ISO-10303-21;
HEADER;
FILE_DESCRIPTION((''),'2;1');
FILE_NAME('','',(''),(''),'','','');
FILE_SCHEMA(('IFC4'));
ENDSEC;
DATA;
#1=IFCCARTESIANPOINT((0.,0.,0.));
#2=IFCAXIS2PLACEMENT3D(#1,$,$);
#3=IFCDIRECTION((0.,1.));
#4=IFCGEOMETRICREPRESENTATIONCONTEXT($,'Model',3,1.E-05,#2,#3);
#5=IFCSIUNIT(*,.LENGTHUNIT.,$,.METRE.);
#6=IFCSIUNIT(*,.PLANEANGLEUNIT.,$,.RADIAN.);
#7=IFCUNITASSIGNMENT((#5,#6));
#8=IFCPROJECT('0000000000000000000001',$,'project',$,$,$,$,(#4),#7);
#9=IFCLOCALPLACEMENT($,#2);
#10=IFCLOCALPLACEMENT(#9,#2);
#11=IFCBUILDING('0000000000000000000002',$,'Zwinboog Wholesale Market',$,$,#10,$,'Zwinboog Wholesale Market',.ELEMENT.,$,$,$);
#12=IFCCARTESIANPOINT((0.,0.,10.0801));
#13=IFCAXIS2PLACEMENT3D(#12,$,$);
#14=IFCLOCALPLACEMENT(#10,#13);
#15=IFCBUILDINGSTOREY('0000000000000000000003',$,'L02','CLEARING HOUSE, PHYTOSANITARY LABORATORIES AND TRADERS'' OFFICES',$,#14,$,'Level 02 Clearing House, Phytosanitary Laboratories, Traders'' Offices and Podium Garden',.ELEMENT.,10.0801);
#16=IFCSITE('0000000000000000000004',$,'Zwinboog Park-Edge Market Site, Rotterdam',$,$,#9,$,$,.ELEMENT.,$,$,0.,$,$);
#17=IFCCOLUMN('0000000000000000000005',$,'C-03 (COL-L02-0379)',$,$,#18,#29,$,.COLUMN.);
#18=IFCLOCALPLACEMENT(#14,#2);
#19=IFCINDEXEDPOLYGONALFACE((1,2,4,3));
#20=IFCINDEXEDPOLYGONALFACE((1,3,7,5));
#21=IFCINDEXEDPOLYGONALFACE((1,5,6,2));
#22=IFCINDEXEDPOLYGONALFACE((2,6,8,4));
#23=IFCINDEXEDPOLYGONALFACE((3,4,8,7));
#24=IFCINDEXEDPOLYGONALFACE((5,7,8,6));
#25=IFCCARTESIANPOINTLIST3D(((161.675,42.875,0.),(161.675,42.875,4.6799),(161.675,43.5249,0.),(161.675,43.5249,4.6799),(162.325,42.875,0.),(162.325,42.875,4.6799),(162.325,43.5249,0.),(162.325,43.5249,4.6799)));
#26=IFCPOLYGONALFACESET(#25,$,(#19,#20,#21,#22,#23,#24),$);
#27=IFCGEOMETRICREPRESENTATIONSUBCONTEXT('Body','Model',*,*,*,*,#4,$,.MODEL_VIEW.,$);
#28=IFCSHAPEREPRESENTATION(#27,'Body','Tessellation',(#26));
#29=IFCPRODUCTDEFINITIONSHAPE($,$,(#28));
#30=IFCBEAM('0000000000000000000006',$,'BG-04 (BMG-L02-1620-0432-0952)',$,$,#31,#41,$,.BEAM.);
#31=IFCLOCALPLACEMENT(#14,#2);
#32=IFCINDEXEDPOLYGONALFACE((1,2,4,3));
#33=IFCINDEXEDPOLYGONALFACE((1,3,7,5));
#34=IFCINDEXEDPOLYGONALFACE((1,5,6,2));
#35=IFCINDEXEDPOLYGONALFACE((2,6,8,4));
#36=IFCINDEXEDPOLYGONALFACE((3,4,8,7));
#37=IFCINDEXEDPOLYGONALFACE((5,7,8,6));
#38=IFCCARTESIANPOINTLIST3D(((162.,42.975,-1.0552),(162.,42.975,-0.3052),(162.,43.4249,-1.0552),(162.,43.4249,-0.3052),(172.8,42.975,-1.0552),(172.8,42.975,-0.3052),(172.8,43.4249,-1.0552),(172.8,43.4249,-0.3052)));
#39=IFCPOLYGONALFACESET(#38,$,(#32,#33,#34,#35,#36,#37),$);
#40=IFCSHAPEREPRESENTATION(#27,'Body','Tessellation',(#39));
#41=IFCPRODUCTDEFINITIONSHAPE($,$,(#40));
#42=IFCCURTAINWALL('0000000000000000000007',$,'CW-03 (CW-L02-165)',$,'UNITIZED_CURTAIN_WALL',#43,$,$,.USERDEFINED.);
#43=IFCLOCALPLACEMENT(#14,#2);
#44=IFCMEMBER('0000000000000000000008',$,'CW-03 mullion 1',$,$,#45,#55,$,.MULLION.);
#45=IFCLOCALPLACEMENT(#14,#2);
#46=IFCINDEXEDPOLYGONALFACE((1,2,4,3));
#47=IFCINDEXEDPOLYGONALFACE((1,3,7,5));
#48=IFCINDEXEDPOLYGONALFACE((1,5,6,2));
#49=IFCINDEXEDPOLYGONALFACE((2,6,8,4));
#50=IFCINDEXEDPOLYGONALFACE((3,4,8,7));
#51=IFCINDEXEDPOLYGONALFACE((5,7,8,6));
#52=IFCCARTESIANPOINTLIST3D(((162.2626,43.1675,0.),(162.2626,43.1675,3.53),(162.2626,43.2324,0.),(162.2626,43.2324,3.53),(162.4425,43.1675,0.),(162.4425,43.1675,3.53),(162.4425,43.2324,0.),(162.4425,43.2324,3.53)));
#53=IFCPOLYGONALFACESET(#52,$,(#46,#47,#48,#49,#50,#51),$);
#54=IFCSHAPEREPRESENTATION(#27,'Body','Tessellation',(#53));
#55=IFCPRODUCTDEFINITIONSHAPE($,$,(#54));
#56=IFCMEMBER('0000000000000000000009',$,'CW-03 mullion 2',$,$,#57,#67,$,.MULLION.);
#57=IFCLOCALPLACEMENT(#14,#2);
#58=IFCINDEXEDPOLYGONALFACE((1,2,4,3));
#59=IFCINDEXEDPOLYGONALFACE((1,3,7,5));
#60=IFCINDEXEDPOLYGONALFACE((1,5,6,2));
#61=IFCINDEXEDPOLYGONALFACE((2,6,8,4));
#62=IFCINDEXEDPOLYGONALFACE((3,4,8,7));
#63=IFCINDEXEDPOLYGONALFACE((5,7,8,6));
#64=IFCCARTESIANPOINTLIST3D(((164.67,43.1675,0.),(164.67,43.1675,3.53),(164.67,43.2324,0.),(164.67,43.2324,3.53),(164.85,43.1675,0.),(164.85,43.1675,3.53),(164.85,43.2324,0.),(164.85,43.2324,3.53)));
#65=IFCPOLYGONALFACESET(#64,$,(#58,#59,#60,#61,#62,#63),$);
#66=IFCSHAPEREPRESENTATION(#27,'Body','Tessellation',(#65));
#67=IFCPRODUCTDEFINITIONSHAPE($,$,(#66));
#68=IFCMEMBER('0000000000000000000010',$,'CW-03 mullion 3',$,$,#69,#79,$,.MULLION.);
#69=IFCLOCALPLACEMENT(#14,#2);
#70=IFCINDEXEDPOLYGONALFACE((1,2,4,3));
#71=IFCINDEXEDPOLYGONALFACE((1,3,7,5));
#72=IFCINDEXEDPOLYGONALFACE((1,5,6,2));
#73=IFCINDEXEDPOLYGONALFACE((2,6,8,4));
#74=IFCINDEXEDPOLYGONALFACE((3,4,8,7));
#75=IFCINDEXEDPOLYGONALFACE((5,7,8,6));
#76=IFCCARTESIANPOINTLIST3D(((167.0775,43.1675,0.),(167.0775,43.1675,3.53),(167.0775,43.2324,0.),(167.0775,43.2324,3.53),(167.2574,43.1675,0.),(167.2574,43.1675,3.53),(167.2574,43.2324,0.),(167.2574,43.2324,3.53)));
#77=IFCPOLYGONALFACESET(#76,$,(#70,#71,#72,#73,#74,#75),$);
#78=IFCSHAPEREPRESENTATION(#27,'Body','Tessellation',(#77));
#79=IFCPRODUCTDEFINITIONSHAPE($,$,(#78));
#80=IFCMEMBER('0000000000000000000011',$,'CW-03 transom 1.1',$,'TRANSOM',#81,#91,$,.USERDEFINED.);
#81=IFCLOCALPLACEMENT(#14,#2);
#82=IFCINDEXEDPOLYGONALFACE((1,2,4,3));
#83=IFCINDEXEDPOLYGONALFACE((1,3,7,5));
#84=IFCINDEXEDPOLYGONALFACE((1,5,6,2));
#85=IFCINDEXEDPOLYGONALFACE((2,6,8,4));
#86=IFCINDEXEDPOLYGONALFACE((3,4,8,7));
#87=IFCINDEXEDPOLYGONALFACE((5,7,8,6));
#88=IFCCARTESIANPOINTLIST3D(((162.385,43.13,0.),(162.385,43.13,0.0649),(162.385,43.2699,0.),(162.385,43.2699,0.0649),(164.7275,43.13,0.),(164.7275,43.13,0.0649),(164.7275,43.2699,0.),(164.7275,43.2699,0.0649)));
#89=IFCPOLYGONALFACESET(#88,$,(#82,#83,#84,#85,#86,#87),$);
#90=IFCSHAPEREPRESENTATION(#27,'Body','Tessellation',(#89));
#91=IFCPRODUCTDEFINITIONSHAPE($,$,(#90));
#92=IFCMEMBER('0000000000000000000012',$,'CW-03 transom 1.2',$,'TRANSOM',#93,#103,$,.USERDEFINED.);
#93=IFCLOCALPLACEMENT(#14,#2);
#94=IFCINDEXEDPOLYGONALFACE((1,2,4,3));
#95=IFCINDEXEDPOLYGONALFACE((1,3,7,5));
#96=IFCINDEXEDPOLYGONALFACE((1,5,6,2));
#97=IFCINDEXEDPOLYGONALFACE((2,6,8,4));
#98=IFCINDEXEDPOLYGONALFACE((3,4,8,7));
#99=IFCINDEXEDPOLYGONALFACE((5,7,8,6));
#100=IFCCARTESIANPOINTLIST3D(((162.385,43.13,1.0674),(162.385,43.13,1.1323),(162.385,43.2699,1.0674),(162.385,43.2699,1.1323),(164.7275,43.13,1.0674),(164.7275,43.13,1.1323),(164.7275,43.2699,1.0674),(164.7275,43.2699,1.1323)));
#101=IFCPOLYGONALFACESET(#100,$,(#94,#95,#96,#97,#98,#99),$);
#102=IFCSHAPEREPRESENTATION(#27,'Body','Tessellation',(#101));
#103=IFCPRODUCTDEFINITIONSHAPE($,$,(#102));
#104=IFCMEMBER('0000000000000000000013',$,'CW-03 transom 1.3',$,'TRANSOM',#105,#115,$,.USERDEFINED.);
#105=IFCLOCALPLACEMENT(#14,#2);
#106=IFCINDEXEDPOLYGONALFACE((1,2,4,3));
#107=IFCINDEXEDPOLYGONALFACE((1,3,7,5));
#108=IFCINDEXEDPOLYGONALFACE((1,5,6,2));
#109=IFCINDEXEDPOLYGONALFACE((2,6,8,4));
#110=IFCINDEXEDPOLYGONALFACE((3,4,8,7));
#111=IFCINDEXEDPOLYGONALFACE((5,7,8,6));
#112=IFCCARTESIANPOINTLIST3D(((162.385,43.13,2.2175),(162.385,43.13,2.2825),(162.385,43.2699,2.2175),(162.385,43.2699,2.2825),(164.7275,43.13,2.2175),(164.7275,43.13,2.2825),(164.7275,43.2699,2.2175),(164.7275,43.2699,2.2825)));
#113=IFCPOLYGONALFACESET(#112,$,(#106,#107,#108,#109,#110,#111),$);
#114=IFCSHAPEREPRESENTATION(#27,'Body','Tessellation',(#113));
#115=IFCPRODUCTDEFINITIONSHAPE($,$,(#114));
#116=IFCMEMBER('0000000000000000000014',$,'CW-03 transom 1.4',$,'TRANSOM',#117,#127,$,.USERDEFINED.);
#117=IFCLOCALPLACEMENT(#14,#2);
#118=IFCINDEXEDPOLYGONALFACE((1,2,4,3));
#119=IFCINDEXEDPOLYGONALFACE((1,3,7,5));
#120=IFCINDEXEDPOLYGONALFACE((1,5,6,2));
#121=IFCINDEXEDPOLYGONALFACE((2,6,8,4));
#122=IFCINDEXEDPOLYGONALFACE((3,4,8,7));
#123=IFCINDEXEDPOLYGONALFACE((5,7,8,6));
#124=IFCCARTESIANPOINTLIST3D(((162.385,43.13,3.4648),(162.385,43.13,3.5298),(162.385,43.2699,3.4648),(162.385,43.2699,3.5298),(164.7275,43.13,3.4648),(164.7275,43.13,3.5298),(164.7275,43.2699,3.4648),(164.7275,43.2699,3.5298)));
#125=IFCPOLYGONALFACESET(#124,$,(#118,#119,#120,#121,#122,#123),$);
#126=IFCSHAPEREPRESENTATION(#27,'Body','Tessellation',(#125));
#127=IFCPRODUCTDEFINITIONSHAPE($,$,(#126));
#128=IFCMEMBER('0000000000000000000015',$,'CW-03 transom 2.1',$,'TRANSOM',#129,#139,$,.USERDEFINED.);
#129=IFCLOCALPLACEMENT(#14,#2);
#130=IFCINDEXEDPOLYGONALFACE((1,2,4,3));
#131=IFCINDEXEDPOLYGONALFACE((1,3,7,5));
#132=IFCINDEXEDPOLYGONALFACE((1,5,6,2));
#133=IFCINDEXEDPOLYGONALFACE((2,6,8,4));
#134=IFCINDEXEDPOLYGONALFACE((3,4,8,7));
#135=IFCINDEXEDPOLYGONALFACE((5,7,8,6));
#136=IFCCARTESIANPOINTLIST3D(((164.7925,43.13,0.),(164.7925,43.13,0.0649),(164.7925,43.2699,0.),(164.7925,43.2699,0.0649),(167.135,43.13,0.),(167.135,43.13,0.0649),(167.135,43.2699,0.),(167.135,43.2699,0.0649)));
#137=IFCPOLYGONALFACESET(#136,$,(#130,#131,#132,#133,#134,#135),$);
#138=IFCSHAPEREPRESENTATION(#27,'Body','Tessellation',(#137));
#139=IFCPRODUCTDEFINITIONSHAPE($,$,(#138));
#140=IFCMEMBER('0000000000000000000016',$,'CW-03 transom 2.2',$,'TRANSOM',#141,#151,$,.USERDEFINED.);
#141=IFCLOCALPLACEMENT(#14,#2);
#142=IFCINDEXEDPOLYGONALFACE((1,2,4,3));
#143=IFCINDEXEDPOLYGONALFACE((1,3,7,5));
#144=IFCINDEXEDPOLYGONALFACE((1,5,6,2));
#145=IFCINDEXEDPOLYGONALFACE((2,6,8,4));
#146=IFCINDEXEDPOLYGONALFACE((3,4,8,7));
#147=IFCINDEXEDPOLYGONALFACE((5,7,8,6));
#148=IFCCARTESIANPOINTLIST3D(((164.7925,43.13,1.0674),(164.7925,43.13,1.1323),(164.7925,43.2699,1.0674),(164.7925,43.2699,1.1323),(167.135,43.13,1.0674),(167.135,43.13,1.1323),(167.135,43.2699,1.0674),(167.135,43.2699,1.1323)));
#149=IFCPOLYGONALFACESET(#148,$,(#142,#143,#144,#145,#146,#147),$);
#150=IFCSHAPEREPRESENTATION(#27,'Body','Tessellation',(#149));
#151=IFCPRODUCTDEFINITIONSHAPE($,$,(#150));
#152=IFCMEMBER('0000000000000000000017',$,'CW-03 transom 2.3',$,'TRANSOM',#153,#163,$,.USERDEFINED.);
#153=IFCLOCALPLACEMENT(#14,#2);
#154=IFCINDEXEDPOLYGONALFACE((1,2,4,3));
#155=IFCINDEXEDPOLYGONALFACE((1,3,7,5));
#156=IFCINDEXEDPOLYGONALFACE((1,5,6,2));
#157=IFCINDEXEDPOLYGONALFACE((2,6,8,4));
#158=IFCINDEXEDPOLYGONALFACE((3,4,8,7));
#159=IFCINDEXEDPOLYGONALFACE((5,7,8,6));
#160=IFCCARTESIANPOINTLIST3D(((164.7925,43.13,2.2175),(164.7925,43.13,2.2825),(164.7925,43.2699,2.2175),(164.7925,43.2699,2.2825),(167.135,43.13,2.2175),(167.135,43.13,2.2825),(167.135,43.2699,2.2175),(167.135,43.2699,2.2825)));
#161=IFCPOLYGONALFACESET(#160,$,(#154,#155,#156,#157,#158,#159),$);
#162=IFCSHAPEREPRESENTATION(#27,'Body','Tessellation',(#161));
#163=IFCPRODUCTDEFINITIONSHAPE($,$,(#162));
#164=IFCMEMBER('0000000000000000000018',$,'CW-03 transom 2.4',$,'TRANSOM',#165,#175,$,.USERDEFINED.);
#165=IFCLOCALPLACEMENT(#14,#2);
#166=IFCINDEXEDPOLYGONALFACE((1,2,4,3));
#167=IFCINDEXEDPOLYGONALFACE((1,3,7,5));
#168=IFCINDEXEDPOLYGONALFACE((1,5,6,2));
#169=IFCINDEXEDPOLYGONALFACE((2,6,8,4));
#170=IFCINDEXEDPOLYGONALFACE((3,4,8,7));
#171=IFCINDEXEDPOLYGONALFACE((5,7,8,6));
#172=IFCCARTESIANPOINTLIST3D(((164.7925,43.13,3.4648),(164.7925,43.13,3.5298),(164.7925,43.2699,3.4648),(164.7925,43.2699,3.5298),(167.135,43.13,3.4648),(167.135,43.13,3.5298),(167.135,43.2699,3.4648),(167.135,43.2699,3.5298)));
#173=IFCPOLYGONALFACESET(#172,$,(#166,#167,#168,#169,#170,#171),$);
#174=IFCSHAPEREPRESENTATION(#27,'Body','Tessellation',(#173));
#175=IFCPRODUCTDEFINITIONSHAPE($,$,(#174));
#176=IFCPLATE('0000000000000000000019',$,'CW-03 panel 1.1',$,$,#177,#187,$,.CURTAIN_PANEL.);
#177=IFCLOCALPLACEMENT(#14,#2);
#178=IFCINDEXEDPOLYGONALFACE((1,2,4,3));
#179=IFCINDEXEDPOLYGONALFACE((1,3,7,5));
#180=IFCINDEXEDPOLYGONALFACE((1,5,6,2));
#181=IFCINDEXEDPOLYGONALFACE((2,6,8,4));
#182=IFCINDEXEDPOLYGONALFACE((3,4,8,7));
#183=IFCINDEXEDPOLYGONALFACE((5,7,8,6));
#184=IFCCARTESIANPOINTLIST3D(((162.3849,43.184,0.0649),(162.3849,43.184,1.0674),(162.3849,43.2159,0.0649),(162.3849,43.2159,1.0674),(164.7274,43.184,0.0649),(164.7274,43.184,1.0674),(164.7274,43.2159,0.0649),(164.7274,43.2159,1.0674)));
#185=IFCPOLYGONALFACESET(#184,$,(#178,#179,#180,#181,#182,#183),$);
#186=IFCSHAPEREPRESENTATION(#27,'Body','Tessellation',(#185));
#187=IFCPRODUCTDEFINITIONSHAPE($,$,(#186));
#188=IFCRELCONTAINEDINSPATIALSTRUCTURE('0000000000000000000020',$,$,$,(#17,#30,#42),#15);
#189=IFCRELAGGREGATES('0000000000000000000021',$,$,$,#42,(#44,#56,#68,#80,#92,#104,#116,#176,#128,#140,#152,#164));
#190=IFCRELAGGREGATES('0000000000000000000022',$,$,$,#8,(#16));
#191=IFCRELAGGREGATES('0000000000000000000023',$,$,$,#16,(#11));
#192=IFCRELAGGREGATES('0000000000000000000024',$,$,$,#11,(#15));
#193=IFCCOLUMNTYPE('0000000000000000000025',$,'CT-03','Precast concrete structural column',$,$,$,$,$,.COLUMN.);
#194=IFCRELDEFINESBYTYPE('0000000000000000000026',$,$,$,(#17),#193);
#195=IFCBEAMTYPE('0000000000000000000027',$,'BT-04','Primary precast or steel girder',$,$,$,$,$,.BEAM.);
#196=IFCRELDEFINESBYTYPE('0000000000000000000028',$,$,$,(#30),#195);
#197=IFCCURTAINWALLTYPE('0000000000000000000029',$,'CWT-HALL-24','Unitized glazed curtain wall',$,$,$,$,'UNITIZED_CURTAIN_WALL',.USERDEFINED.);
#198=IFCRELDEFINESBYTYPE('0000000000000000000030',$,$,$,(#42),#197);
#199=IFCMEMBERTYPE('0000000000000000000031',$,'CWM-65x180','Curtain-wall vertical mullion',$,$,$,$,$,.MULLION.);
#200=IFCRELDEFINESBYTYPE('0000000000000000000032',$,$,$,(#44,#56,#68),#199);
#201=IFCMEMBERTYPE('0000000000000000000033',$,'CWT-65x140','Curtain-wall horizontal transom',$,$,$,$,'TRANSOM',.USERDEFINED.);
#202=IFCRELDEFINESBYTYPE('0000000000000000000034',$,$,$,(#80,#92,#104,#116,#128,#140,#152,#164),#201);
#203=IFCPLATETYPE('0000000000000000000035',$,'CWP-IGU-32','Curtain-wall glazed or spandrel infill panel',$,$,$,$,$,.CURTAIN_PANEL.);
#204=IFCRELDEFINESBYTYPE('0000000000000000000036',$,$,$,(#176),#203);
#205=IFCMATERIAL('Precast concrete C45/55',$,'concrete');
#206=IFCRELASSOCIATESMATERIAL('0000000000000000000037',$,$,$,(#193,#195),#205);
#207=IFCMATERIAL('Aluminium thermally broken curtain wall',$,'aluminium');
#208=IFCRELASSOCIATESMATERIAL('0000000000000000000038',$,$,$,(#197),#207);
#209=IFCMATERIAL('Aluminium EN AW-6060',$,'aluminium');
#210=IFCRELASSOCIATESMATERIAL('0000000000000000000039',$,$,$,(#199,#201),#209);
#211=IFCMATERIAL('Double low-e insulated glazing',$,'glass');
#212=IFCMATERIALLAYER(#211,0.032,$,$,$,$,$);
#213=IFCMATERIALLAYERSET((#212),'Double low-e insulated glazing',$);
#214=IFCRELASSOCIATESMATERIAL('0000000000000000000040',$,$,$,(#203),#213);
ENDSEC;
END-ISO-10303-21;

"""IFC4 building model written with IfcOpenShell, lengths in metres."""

from ifc_helpers import new_model, si_unit, direction, frame, origin, origin_2d, place, context, subcontext, project, spatial, rectangle, extrude, material, layer, layer_set, material_profile, profile_set, type_object, element, aggregate, save


model = new_model("IFC4")

# Units and contexts
model_context = context("Model", 3, precision=1e-05, world=origin(), true_north=direction((0.0, 1.0)))
body_context = subcontext(model_context, "Body", "Model", "MODEL_VIEW")
ifc_project = project(units=[si_unit("LENGTHUNIT", "METRE"), si_unit("PLANEANGLEUNIT", "RADIAN")], contexts=[model_context])

# Site, building, storey
site_placement = place(None, origin())
site = spatial("IfcSite", under=ifc_project, at=site_placement, Name="Zwinboog Park-Edge Market Site, Rotterdam", CompositionType="ELEMENT", RefElevation=0.0)
building_placement = place(site_placement, origin())
building = spatial("IfcBuilding", under=site, at=building_placement, Name="Zwinboog Wholesale Market", LongName="Zwinboog Wholesale Market", CompositionType="ELEMENT")
storey_placement = place(building_placement, frame((0.0, 0.0, 10.0801)))
storey = spatial("IfcBuildingStorey", under=building, at=storey_placement, Name="L02", Description="CLEARING HOUSE, PHYTOSANITARY LABORATORIES AND TRADERS' OFFICES", LongName="Level 02 Clearing House, Phytosanitary Laboratories, Traders' Offices and Podium Garden", CompositionType="ELEMENT", Elevation=10.0801)

# Column
ifc_material_1 = material(Name="Precast concrete C45/55", Category="concrete")
ifc_material_profile_1 = material_profile(ifc_material_1, rectangle(XDim=0.6499, YDim=0.6499, at=origin_2d()), Name="PC 650x650")
ifc_profile_set_1 = profile_set([ifc_material_profile_1], Name="Precast concrete C45/55")
column_type = type_object("IfcColumnType", Name="CT-03", Description="Precast concrete structural column", PredefinedType="COLUMN", material=ifc_profile_set_1)
column_placement = place(storey_placement, frame((162.0, 43.2, 0.0), z_axis=(0.0, 0.0, 1.0), x_axis=(1.0, 0.0, 0.0)))
element("IfcColumn", 1, at=column_placement, inside=storey, type_object=column_type, Name="C-03 (COL-L02-0379)", PredefinedType="COLUMN", context=body_context, shape_type="SweptSolid", body=[
    extrude(rectangle(XDim=0.6499, YDim=0.6499, at=origin_2d()), origin(), (0.0, 0.0, 1.0), 4.6799),
])

# Beam
ifc_material_profile_2 = material_profile(ifc_material_1, rectangle(XDim=0.45, YDim=0.75, at=origin_2d()), Name="PC 450x750")
ifc_profile_set_2 = profile_set([ifc_material_profile_2], Name="Precast concrete C45/55")
beam_type = type_object("IfcBeamType", Name="BT-04", Description="Primary precast or steel girder", PredefinedType="BEAM", material=ifc_profile_set_2)
beam_placement = place(storey_placement, frame((162.0, 43.2, -0.6802), z_axis=(1.0, 0.0, 0.0), x_axis=(0.0, 1.0, 0.0)))
element("IfcBeam", 2, at=beam_placement, inside=storey, type_object=beam_type, Name="BG-04 (BMG-L02-1620-0432-0952)", PredefinedType="BEAM", context=body_context, shape_type="SweptSolid", body=[
    extrude(rectangle(XDim=0.45, YDim=0.75, at=origin_2d()), origin(), (0.0, 0.0, 1.0), 10.8),
])

# Curtain wall, members, plate
ifc_material_2 = material(Name="Aluminium thermally broken curtain wall", Category="aluminium")
curtain_wall_type = type_object("IfcCurtainWallType", Name="CWT-HALL-24", Description="Unitized glazed curtain wall", ElementType="UNITIZED_CURTAIN_WALL", PredefinedType="USERDEFINED", material=ifc_material_2)
curtain_wall_placement = place(storey_placement, origin())
curtain_wall = element("IfcCurtainWall", 3, at=curtain_wall_placement, inside=storey, type_object=curtain_wall_type, Name="CW-03 (CW-L02-165)", ObjectType="UNITIZED_CURTAIN_WALL", PredefinedType="USERDEFINED")
ifc_material_3 = material(Name="Aluminium EN AW-6060", Category="aluminium")
ifc_material_profile_3 = material_profile(ifc_material_3, rectangle(XDim=0.0649, YDim=0.1799, at=origin_2d()), Name="AL 65x180")
ifc_profile_set_3 = profile_set([ifc_material_profile_3], Name="Aluminium EN AW-6060")
member_type_1 = type_object("IfcMemberType", Name="CWM-65x180", Description="Curtain-wall vertical mullion", PredefinedType="MULLION", material=ifc_profile_set_3)
member_1_placement = place(storey_placement, frame((162.3525, 43.2, 0.0), z_axis=(0.0, 0.0, 1.0), x_axis=(0.0, 1.0, 0.0)))
member_1 = element("IfcMember", 4, at=member_1_placement, type_object=member_type_1, Name="CW-03 mullion 1", PredefinedType="MULLION", context=body_context, shape_type="SweptSolid", body=[
    extrude(rectangle(XDim=0.0649, YDim=0.1799, at=origin_2d()), origin(), (0.0, 0.0, 1.0), 3.53),
])
member_2_placement = place(storey_placement, frame((164.76, 43.2, 0.0), z_axis=(0.0, 0.0, 1.0), x_axis=(0.0, 1.0, 0.0)))
member_2 = element("IfcMember", 5, at=member_2_placement, type_object=member_type_1, Name="CW-03 mullion 2", PredefinedType="MULLION", context=body_context, shape_type="SweptSolid", body=[
    extrude(rectangle(XDim=0.0649, YDim=0.1799, at=origin_2d()), origin(), (0.0, 0.0, 1.0), 3.53),
])
member_3_placement = place(storey_placement, frame((167.1675, 43.2, 0.0), z_axis=(0.0, 0.0, 1.0), x_axis=(0.0, 1.0, 0.0)))
member_3 = element("IfcMember", 6, at=member_3_placement, type_object=member_type_1, Name="CW-03 mullion 3", PredefinedType="MULLION", context=body_context, shape_type="SweptSolid", body=[
    extrude(rectangle(XDim=0.0649, YDim=0.1799, at=origin_2d()), origin(), (0.0, 0.0, 1.0), 3.53),
])
ifc_material_profile_4 = material_profile(ifc_material_3, rectangle(XDim=0.1399, YDim=0.0649, at=origin_2d()), Name="AL 65x140")
ifc_profile_set_4 = profile_set([ifc_material_profile_4], Name="Aluminium EN AW-6060")
member_type_2 = type_object("IfcMemberType", Name="CWT-65x140", Description="Curtain-wall horizontal transom", ElementType="TRANSOM", PredefinedType="USERDEFINED", material=ifc_profile_set_4)
member_4_placement = place(storey_placement, frame((162.385, 43.2, 0.0325), z_axis=(1.0, 0.0, 0.0), x_axis=(0.0, 1.0, 0.0)))
member_4 = element("IfcMember", 7, at=member_4_placement, type_object=member_type_2, Name="CW-03 transom 1.1", ObjectType="TRANSOM", PredefinedType="USERDEFINED", context=body_context, shape_type="SweptSolid", body=[
    extrude(rectangle(XDim=0.1399, YDim=0.0649, at=origin_2d()), origin(), (0.0, 0.0, 1.0), 2.3425),
])
member_5_placement = place(storey_placement, frame((162.385, 43.2, 1.0999), z_axis=(1.0, 0.0, 0.0), x_axis=(0.0, 1.0, 0.0)))
member_5 = element("IfcMember", 8, at=member_5_placement, type_object=member_type_2, Name="CW-03 transom 1.2", ObjectType="TRANSOM", PredefinedType="USERDEFINED", context=body_context, shape_type="SweptSolid", body=[
    extrude(rectangle(XDim=0.1399, YDim=0.0649, at=origin_2d()), origin(), (0.0, 0.0, 1.0), 2.3425),
])
member_6_placement = place(storey_placement, frame((162.385, 43.2, 2.25), z_axis=(1.0, 0.0, 0.0), x_axis=(0.0, 1.0, 0.0)))
member_6 = element("IfcMember", 9, at=member_6_placement, type_object=member_type_2, Name="CW-03 transom 1.3", ObjectType="TRANSOM", PredefinedType="USERDEFINED", context=body_context, shape_type="SweptSolid", body=[
    extrude(rectangle(XDim=0.1399, YDim=0.0649, at=origin_2d()), origin(), (0.0, 0.0, 1.0), 2.3425),
])
member_7_placement = place(storey_placement, frame((162.385, 43.2, 3.4973), z_axis=(1.0, 0.0, 0.0), x_axis=(0.0, 1.0, 0.0)))
member_7 = element("IfcMember", 10, at=member_7_placement, type_object=member_type_2, Name="CW-03 transom 1.4", ObjectType="TRANSOM", PredefinedType="USERDEFINED", context=body_context, shape_type="SweptSolid", body=[
    extrude(rectangle(XDim=0.1399, YDim=0.0649, at=origin_2d()), origin(), (0.0, 0.0, 1.0), 2.3425),
])
member_8_placement = place(storey_placement, frame((164.7925, 43.2, 0.0325), z_axis=(1.0, 0.0, 0.0), x_axis=(0.0, 1.0, 0.0)))
member_8 = element("IfcMember", 11, at=member_8_placement, type_object=member_type_2, Name="CW-03 transom 2.1", ObjectType="TRANSOM", PredefinedType="USERDEFINED", context=body_context, shape_type="SweptSolid", body=[
    extrude(rectangle(XDim=0.1399, YDim=0.0649, at=origin_2d()), origin(), (0.0, 0.0, 1.0), 2.3425),
])
member_9_placement = place(storey_placement, frame((164.7925, 43.2, 1.0999), z_axis=(1.0, 0.0, 0.0), x_axis=(0.0, 1.0, 0.0)))
member_9 = element("IfcMember", 12, at=member_9_placement, type_object=member_type_2, Name="CW-03 transom 2.2", ObjectType="TRANSOM", PredefinedType="USERDEFINED", context=body_context, shape_type="SweptSolid", body=[
    extrude(rectangle(XDim=0.1399, YDim=0.0649, at=origin_2d()), origin(), (0.0, 0.0, 1.0), 2.3425),
])
member_10_placement = place(storey_placement, frame((164.7925, 43.2, 2.25), z_axis=(1.0, 0.0, 0.0), x_axis=(0.0, 1.0, 0.0)))
member_10 = element("IfcMember", 13, at=member_10_placement, type_object=member_type_2, Name="CW-03 transom 2.3", ObjectType="TRANSOM", PredefinedType="USERDEFINED", context=body_context, shape_type="SweptSolid", body=[
    extrude(rectangle(XDim=0.1399, YDim=0.0649, at=origin_2d()), origin(), (0.0, 0.0, 1.0), 2.3425),
])
member_11_placement = place(storey_placement, frame((164.7925, 43.2, 3.4973), z_axis=(1.0, 0.0, 0.0), x_axis=(0.0, 1.0, 0.0)))
member_11 = element("IfcMember", 14, at=member_11_placement, type_object=member_type_2, Name="CW-03 transom 2.4", ObjectType="TRANSOM", PredefinedType="USERDEFINED", context=body_context, shape_type="SweptSolid", body=[
    extrude(rectangle(XDim=0.1399, YDim=0.0649, at=origin_2d()), origin(), (0.0, 0.0, 1.0), 2.3425),
])
ifc_material_4 = material(Name="Double low-e insulated glazing", Category="glass")
ifc_layer_1 = layer(ifc_material_4, 0.032)
ifc_layer_set_1 = layer_set([ifc_layer_1], Name="Double low-e insulated glazing")
plate_type = type_object("IfcPlateType", Name="CWP-IGU-32", Description="Curtain-wall glazed or spandrel infill panel", PredefinedType="CURTAIN_PANEL", material=ifc_layer_set_1)
plate_1_placement = place(storey_placement, frame((163.5562, 43.2, 0.0649), z_axis=(0.0, 0.0, 1.0), x_axis=(1.0, 0.0, 0.0)))
plate_1 = element("IfcPlate", 15, at=plate_1_placement, type_object=plate_type, Name="CW-03 panel 1.1", PredefinedType="CURTAIN_PANEL", context=body_context, shape_type="SweptSolid", body=[
    extrude(rectangle(XDim=2.3425, YDim=0.032, at=origin_2d()), origin(), (0.0, 0.0, 1.0), 1.0024),
])
aggregate(curtain_wall, [member_1, member_2, member_3, member_4, member_5, member_6, member_7, plate_1, member_8, member_9, member_10, member_11])

save(model, "model.ifc")
